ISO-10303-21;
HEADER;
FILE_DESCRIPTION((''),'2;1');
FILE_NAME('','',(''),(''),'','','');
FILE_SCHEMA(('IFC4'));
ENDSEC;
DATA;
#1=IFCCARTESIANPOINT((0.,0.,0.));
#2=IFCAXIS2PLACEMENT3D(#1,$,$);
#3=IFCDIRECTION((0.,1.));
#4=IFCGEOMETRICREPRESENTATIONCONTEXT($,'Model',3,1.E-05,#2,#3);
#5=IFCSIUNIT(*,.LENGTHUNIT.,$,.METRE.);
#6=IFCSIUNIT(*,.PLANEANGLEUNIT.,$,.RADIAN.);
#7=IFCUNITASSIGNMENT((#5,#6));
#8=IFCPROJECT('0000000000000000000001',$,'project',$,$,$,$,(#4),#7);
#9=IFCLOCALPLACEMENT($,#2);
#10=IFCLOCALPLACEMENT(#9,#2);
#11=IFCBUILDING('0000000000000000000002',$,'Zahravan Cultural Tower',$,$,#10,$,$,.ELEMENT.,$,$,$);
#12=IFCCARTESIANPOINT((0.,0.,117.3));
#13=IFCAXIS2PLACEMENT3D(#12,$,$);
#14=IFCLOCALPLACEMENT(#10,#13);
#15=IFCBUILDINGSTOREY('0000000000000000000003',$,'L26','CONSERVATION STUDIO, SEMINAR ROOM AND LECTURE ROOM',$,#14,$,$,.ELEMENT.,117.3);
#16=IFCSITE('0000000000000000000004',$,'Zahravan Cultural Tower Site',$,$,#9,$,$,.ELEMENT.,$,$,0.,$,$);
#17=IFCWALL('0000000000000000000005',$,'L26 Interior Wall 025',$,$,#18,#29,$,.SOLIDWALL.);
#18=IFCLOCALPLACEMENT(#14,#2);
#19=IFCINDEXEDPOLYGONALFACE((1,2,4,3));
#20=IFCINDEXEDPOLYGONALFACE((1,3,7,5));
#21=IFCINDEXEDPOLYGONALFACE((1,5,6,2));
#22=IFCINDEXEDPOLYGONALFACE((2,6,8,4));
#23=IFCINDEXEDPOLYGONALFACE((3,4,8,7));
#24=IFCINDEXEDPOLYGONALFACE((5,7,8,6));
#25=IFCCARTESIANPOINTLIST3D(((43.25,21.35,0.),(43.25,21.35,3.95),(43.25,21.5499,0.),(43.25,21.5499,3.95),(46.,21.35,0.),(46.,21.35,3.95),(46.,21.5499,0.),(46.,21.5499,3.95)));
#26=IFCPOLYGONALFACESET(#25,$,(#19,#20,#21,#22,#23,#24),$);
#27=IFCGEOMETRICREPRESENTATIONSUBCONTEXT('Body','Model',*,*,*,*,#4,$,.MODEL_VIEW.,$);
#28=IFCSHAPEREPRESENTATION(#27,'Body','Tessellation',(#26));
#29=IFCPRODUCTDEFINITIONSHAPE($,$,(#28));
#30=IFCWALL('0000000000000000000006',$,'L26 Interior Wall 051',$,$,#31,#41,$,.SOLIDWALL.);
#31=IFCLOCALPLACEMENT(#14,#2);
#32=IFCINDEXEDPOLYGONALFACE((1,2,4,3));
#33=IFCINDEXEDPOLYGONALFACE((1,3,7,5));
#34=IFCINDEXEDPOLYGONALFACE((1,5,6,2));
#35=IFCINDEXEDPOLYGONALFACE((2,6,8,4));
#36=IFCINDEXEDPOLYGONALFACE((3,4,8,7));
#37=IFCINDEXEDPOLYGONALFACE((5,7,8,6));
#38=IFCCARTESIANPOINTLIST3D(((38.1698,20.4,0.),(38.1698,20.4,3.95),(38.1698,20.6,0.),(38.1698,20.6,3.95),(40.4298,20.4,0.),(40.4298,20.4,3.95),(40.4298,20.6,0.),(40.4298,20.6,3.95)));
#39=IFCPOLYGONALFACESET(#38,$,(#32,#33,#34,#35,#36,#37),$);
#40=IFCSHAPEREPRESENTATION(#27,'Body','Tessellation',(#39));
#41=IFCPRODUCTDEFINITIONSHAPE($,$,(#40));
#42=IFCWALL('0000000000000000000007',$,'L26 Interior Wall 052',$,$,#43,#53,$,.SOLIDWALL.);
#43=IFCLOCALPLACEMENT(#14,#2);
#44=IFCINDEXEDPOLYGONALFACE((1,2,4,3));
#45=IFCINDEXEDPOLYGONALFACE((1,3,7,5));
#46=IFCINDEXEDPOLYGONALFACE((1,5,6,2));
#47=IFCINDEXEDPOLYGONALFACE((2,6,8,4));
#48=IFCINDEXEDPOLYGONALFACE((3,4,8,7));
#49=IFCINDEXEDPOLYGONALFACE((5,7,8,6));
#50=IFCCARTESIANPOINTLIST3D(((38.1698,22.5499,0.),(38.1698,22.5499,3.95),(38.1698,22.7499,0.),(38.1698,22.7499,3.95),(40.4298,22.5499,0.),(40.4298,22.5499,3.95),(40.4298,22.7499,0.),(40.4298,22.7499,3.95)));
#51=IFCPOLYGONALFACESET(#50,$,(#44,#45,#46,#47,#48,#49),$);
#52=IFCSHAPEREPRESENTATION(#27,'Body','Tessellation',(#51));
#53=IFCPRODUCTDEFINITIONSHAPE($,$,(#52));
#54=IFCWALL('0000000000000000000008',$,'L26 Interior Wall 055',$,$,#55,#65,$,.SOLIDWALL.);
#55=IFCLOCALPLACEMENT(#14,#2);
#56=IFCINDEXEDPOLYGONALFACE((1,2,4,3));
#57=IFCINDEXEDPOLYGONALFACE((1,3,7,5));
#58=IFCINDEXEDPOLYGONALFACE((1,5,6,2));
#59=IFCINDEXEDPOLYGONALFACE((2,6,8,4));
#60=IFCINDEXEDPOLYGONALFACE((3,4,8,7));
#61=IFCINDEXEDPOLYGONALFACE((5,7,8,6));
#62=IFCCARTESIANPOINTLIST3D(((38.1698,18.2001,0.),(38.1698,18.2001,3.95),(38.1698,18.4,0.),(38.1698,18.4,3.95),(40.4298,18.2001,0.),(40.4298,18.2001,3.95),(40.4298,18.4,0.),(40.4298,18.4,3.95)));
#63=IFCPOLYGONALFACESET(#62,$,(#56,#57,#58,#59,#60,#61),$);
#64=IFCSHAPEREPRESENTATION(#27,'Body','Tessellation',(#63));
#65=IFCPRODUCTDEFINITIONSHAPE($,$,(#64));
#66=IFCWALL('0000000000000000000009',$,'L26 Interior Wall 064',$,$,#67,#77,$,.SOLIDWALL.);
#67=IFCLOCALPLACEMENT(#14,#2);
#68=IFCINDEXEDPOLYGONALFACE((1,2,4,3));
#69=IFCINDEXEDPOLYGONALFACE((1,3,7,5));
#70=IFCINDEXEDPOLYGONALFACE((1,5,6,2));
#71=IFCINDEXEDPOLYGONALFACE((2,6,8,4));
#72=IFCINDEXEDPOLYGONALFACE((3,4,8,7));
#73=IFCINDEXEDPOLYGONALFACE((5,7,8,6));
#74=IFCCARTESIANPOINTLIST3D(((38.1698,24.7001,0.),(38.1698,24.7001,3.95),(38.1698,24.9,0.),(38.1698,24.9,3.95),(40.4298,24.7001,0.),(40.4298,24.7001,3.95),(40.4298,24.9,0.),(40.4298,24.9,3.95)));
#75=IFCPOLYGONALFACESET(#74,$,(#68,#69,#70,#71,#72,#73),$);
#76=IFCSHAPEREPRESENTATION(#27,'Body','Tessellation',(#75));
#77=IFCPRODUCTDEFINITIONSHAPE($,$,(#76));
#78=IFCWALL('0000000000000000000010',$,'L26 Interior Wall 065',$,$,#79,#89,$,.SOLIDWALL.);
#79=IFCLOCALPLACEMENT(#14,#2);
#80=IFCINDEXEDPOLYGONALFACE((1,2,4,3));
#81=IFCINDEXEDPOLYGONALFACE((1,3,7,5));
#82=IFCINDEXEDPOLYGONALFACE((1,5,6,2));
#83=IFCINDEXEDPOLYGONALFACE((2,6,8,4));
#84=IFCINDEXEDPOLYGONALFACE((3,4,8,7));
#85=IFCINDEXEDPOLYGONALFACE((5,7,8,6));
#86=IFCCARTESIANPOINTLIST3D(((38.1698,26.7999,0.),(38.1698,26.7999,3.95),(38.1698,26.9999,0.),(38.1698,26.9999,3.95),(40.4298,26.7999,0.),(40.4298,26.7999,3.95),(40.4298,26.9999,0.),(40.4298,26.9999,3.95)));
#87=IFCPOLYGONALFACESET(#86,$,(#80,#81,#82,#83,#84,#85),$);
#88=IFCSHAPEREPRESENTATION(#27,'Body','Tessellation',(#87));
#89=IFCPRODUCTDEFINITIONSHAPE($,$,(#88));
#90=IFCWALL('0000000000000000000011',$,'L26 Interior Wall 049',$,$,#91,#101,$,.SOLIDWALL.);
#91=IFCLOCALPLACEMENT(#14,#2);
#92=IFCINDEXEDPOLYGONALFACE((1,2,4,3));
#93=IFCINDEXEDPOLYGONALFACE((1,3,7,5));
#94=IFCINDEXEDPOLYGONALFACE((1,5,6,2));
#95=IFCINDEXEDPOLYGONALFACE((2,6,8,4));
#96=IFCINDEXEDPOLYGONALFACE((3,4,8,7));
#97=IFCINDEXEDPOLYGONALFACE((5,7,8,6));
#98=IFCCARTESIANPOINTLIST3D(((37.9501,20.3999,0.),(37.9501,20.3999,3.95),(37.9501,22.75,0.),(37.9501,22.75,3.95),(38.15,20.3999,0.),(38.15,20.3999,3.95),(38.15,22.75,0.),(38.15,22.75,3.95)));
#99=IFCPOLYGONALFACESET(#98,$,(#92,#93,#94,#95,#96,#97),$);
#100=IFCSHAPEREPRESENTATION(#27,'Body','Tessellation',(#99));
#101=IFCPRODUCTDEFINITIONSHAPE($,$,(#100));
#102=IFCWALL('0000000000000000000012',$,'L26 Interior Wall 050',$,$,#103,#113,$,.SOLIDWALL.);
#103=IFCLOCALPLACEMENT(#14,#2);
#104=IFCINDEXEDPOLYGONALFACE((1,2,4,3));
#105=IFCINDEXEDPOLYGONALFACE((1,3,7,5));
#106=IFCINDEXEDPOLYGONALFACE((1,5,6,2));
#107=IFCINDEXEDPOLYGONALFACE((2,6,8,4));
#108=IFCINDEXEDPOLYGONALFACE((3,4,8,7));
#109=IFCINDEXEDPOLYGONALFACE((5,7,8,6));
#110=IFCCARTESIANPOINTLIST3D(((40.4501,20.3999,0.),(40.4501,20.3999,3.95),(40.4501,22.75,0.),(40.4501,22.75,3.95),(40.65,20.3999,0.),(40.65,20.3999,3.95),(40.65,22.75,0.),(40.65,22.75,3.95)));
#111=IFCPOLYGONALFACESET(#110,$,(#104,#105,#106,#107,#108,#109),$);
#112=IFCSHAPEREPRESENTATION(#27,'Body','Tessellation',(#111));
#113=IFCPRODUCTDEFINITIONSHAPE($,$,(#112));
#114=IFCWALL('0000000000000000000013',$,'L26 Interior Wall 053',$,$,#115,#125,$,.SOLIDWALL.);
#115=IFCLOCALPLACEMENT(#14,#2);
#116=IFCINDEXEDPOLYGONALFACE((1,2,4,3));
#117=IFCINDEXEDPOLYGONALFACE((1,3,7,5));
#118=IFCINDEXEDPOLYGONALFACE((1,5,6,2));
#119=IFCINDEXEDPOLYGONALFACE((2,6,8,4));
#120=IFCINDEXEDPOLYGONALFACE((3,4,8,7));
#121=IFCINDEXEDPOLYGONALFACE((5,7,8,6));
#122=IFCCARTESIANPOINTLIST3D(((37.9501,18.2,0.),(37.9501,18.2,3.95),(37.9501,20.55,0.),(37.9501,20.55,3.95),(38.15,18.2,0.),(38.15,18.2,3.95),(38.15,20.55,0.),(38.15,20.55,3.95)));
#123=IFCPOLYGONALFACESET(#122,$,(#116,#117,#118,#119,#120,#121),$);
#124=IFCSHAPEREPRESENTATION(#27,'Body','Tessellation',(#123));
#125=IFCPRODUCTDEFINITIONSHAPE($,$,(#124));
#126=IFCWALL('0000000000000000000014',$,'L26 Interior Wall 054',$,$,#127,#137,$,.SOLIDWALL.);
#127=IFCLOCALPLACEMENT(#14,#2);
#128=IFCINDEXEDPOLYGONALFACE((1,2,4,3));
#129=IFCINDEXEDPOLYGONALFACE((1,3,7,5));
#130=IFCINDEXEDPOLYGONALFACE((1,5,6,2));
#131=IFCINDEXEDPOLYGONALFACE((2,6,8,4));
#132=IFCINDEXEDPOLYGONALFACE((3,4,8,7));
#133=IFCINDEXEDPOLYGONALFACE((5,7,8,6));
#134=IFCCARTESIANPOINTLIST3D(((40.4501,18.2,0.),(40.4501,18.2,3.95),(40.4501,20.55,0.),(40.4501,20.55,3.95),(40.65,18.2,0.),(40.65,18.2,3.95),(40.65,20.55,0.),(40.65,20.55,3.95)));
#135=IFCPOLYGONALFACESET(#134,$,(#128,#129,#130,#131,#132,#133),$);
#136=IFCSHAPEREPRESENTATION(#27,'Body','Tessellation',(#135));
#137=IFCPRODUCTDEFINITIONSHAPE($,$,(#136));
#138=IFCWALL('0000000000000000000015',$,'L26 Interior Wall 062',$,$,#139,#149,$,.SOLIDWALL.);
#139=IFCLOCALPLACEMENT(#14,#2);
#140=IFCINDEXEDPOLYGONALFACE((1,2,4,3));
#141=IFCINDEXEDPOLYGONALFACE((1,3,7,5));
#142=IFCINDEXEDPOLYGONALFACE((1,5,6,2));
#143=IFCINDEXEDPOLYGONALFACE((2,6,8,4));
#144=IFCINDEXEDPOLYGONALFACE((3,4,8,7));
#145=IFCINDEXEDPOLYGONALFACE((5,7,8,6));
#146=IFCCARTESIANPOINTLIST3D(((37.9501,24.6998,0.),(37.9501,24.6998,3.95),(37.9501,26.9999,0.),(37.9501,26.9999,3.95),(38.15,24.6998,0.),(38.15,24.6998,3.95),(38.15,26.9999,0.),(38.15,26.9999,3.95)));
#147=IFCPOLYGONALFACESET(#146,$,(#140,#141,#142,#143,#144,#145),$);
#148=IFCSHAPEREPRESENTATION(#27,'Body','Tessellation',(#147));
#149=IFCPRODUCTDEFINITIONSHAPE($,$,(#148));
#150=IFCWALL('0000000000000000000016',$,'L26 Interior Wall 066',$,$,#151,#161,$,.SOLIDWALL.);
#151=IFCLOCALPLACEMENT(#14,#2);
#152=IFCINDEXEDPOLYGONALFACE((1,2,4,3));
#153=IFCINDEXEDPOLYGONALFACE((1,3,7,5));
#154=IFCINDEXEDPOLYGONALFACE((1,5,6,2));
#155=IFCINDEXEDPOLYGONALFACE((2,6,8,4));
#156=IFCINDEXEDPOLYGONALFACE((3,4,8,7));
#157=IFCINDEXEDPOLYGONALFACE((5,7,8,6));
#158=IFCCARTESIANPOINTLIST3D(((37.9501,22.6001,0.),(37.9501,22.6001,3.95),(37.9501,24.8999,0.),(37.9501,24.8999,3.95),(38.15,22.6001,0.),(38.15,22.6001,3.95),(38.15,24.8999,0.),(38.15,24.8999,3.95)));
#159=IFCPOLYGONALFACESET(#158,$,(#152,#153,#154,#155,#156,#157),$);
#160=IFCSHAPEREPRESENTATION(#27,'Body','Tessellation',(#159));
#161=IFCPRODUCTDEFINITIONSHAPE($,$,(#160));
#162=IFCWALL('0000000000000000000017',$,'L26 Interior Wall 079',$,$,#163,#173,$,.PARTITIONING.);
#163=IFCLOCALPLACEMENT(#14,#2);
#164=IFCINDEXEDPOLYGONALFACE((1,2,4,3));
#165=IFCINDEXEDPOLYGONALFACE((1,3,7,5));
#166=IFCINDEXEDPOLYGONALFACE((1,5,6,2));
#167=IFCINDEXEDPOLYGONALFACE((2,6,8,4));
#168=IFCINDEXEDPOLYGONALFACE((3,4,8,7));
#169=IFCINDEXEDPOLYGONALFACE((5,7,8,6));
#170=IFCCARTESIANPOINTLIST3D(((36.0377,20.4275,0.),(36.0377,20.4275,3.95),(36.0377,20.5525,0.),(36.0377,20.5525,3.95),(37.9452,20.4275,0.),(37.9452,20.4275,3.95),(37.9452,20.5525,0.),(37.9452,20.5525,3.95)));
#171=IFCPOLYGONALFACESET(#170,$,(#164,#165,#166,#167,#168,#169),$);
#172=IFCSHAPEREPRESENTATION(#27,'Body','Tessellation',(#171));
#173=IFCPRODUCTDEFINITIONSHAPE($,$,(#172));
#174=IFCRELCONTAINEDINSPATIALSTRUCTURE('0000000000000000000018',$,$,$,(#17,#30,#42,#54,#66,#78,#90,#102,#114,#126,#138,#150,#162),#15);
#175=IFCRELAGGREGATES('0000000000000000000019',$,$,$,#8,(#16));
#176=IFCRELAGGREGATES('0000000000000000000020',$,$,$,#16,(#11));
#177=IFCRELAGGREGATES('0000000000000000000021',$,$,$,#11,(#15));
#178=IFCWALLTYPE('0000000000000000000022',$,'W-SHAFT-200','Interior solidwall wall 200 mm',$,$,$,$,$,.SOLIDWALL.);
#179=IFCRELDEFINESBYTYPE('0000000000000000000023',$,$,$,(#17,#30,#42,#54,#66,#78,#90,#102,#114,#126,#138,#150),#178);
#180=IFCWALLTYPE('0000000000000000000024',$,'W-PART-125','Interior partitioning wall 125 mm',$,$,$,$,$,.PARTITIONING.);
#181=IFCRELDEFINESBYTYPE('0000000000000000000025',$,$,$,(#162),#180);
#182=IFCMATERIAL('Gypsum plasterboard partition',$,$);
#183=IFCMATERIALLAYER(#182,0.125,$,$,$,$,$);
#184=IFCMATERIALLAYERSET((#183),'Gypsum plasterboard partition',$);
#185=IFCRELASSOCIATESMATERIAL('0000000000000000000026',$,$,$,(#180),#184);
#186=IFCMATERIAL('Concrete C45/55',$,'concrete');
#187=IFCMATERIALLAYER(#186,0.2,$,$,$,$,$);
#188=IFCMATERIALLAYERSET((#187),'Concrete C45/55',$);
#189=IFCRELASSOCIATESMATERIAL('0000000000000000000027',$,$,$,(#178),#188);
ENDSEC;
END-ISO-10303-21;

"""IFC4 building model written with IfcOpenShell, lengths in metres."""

from ifc_helpers import new_model, si_unit, direction, frame, frame_2d, origin, place, context, subcontext, project, spatial, rectangle, extrude, source, transform, mapped, material, layer, layer_set, type_object, element, save


model = new_model("IFC4")

# Units and contexts
model_context = context("Model", 3, precision=1e-05, world=origin(), true_north=direction((0.0, 1.0)))
body_context = subcontext(model_context, "Body", "Model", "MODEL_VIEW")
ifc_project = project(units=[si_unit("LENGTHUNIT", "METRE"), si_unit("PLANEANGLEUNIT", "RADIAN")], contexts=[model_context])

# Site, building, storey
site_placement = place(None, origin())
site = spatial("IfcSite", under=ifc_project, at=site_placement, Name="Zahravan Cultural Tower Site", CompositionType="ELEMENT", RefElevation=0.0)
building_placement = place(site_placement, origin())
building = spatial("IfcBuilding", under=site, at=building_placement, Name="Zahravan Cultural Tower", CompositionType="ELEMENT")
storey_placement = place(building_placement, frame((0.0, 0.0, 117.3)))
storey = spatial("IfcBuildingStorey", under=building, at=storey_placement, Name="L26", Description="CONSERVATION STUDIO, SEMINAR ROOM AND LECTURE ROOM", CompositionType="ELEMENT", Elevation=117.3)

# Shared definitions
ifc_material_1 = material(Name="Gypsum plasterboard partition")
ifc_layer_1 = layer(ifc_material_1, 0.125)
ifc_layer_set_1 = layer_set([ifc_layer_1], Name="Gypsum plasterboard partition")
wall_type_1 = type_object("IfcWallType", Name="W-PART-125", Description="Interior partitioning wall 125 mm", PredefinedType="PARTITIONING", material=ifc_layer_set_1)
ifc_material_2 = material(Name="Concrete C45/55", Category="concrete")
ifc_layer_2 = layer(ifc_material_2, 0.2)
ifc_layer_set_2 = layer_set([ifc_layer_2], Name="Concrete C45/55")
wall_type_2 = type_object("IfcWallType", Name="W-SHAFT-200", Description="Interior solidwall wall 200 mm", PredefinedType="SOLIDWALL", material=ifc_layer_set_2)

# Walls
shared_shape_1 = source(origin(), body_context, "Body", "SweptSolid", [
    extrude(rectangle(XDim=2.75, YDim=0.2, at=frame_2d((1.375, 0.0))), origin(), (0.0, 0.0, 1.0), 3.95),
])
for number, where, z_axis, x_axis, name in (
    (1, (43.25, 21.45, 0.0), (0.0, 0.0, 1.0), (1.0, 0.0, 0.0), "L26 Interior Wall 025"),
):
    element("IfcWall", number, at=place(storey_placement, frame(where, z_axis=z_axis, x_axis=x_axis)), inside=storey, type_object=wall_type_2, Name=name, PredefinedType="SOLIDWALL", context=body_context, shape_type="MappedRepresentation", body=[
        mapped(shared_shape_1, transform((0.0, 0.0, 0.0), x_axis=(1.0, 0.0, 0.0), y_axis=(0.0, 1.0, 0.0), z_axis=(0.0, 0.0, 1.0), scale=1.0)),
    ])
shared_shape_2 = source(origin(), body_context, "Body", "SweptSolid", [
    extrude(rectangle(XDim=2.26, YDim=0.2, at=frame_2d((1.1299, 0.0))), origin(), (0.0, 0.0, 1.0), 3.95),
])
for number, where, z_axis, x_axis, name in (
    (2, (38.1699, 20.5, 0.0), (0.0, 0.0, 1.0), (1.0, 0.0, 0.0), "L26 Interior Wall 051"),
    (3, (38.1699, 22.6499, 0.0), (0.0, 0.0, 1.0), (1.0, 0.0, 0.0), "L26 Interior Wall 052"),
    (4, (38.1699, 18.3, 0.0), (0.0, 0.0, 1.0), (1.0, 0.0, 0.0), "L26 Interior Wall 055"),
    (5, (38.1699, 24.8, 0.0), (0.0, 0.0, 1.0), (1.0, 0.0, 0.0), "L26 Interior Wall 064"),
    (6, (38.1699, 26.8999, 0.0), (0.0, 0.0, 1.0), (1.0, 0.0, 0.0), "L26 Interior Wall 065"),
):
    element("IfcWall", number, at=place(storey_placement, frame(where, z_axis=z_axis, x_axis=x_axis)), inside=storey, type_object=wall_type_2, Name=name, PredefinedType="SOLIDWALL", context=body_context, shape_type="MappedRepresentation", body=[
        mapped(shared_shape_2, transform((0.0, 0.0, 0.0), x_axis=(1.0, 0.0, 0.0), y_axis=(0.0, 1.0, 0.0), z_axis=(0.0, 0.0, 1.0), scale=1.0)),
    ])
shared_shape_3 = source(origin(), body_context, "Body", "SweptSolid", [
    extrude(rectangle(XDim=2.3501, YDim=0.2, at=frame_2d((1.175, 0.0))), origin(), (0.0, 0.0, 1.0), 3.95),
])
for number, where, z_axis, x_axis, name in (
    (7, (38.05, 20.3999, 0.0), (0.0, 0.0, 1.0), (0.0, 1.0, 0.0), "L26 Interior Wall 049"),
    (8, (40.55, 20.3999, 0.0), (0.0, 0.0, 1.0), (0.0, 1.0, 0.0), "L26 Interior Wall 050"),
    (9, (38.05, 18.2, 0.0), (0.0, 0.0, 1.0), (0.0, 1.0, 0.0), "L26 Interior Wall 053"),
    (10, (40.55, 18.2, 0.0), (0.0, 0.0, 1.0), (0.0, 1.0, 0.0), "L26 Interior Wall 054"),
):
    element("IfcWall", number, at=place(storey_placement, frame(where, z_axis=z_axis, x_axis=x_axis)), inside=storey, type_object=wall_type_2, Name=name, PredefinedType="SOLIDWALL", context=body_context, shape_type="MappedRepresentation", body=[
        mapped(shared_shape_3, transform((0.0, 0.0, 0.0), x_axis=(1.0, 0.0, 0.0), y_axis=(0.0, 1.0, 0.0), z_axis=(0.0, 0.0, 1.0), scale=1.0)),
    ])
shared_shape_4 = source(origin(), body_context, "Body", "SweptSolid", [
    extrude(rectangle(XDim=2.3, YDim=0.2, at=frame_2d((1.1499, 0.0))), origin(), (0.0, 0.0, 1.0), 3.95),
])
wall_1_placement = place(storey_placement, frame((38.05, 24.7, 0.0), z_axis=(0.0, 0.0, 1.0), x_axis=(0.0, 1.0, 0.0)))
element("IfcWall", 11, at=wall_1_placement, inside=storey, type_object=wall_type_2, Name="L26 Interior Wall 062", PredefinedType="SOLIDWALL", context=body_context, shape_type="MappedRepresentation", body=[
    mapped(shared_shape_4, transform((0.0, 0.0, 0.0), x_axis=(1.0, 0.0, 0.0), y_axis=(0.0, 1.0, 0.0), z_axis=(0.0, 0.0, 1.0), scale=1.0)),
])
shared_shape_5 = source(origin(), body_context, "Body", "SweptSolid", [
    extrude(rectangle(XDim=2.2998, YDim=0.2, at=frame_2d((1.1499, 0.0))), origin(), (0.0, 0.0, 1.0), 3.95),
])
wall_2_placement = place(storey_placement, frame((38.05, 22.6001, 0.0), z_axis=(0.0, 0.0, 1.0), x_axis=(0.0, 1.0, 0.0)))
element("IfcWall", 12, at=wall_2_placement, inside=storey, type_object=wall_type_2, Name="L26 Interior Wall 066", PredefinedType="SOLIDWALL", context=body_context, shape_type="MappedRepresentation", body=[
    mapped(shared_shape_5, transform((0.0, 0.0, 0.0), x_axis=(1.0, 0.0, 0.0), y_axis=(0.0, 1.0, 0.0), z_axis=(0.0, 0.0, 1.0), scale=1.0)),
])
shared_shape_6 = source(origin(), body_context, "Body", "SweptSolid", [
    extrude(rectangle(XDim=1.9075, YDim=0.125, at=frame_2d((0.9536, 0.0))), origin(), (0.0, 0.0, 1.0), 3.95),
])
wall_3_placement = place(storey_placement, frame((37.9451, 20.49, 0.0), z_axis=(0.0, 0.0, 1.0), x_axis=(-1.0, 0.0, 0.0)))
element("IfcWall", 13, at=wall_3_placement, inside=storey, type_object=wall_type_1, Name="L26 Interior Wall 079", PredefinedType="PARTITIONING", context=body_context, shape_type="MappedRepresentation", body=[
    mapped(shared_shape_6, transform((0.0, 0.0, 0.0), x_axis=(1.0, 0.0, 0.0), y_axis=(0.0, 1.0, 0.0), z_axis=(0.0, 0.0, 1.0), scale=1.0)),
])

save(model, "model.ifc")
